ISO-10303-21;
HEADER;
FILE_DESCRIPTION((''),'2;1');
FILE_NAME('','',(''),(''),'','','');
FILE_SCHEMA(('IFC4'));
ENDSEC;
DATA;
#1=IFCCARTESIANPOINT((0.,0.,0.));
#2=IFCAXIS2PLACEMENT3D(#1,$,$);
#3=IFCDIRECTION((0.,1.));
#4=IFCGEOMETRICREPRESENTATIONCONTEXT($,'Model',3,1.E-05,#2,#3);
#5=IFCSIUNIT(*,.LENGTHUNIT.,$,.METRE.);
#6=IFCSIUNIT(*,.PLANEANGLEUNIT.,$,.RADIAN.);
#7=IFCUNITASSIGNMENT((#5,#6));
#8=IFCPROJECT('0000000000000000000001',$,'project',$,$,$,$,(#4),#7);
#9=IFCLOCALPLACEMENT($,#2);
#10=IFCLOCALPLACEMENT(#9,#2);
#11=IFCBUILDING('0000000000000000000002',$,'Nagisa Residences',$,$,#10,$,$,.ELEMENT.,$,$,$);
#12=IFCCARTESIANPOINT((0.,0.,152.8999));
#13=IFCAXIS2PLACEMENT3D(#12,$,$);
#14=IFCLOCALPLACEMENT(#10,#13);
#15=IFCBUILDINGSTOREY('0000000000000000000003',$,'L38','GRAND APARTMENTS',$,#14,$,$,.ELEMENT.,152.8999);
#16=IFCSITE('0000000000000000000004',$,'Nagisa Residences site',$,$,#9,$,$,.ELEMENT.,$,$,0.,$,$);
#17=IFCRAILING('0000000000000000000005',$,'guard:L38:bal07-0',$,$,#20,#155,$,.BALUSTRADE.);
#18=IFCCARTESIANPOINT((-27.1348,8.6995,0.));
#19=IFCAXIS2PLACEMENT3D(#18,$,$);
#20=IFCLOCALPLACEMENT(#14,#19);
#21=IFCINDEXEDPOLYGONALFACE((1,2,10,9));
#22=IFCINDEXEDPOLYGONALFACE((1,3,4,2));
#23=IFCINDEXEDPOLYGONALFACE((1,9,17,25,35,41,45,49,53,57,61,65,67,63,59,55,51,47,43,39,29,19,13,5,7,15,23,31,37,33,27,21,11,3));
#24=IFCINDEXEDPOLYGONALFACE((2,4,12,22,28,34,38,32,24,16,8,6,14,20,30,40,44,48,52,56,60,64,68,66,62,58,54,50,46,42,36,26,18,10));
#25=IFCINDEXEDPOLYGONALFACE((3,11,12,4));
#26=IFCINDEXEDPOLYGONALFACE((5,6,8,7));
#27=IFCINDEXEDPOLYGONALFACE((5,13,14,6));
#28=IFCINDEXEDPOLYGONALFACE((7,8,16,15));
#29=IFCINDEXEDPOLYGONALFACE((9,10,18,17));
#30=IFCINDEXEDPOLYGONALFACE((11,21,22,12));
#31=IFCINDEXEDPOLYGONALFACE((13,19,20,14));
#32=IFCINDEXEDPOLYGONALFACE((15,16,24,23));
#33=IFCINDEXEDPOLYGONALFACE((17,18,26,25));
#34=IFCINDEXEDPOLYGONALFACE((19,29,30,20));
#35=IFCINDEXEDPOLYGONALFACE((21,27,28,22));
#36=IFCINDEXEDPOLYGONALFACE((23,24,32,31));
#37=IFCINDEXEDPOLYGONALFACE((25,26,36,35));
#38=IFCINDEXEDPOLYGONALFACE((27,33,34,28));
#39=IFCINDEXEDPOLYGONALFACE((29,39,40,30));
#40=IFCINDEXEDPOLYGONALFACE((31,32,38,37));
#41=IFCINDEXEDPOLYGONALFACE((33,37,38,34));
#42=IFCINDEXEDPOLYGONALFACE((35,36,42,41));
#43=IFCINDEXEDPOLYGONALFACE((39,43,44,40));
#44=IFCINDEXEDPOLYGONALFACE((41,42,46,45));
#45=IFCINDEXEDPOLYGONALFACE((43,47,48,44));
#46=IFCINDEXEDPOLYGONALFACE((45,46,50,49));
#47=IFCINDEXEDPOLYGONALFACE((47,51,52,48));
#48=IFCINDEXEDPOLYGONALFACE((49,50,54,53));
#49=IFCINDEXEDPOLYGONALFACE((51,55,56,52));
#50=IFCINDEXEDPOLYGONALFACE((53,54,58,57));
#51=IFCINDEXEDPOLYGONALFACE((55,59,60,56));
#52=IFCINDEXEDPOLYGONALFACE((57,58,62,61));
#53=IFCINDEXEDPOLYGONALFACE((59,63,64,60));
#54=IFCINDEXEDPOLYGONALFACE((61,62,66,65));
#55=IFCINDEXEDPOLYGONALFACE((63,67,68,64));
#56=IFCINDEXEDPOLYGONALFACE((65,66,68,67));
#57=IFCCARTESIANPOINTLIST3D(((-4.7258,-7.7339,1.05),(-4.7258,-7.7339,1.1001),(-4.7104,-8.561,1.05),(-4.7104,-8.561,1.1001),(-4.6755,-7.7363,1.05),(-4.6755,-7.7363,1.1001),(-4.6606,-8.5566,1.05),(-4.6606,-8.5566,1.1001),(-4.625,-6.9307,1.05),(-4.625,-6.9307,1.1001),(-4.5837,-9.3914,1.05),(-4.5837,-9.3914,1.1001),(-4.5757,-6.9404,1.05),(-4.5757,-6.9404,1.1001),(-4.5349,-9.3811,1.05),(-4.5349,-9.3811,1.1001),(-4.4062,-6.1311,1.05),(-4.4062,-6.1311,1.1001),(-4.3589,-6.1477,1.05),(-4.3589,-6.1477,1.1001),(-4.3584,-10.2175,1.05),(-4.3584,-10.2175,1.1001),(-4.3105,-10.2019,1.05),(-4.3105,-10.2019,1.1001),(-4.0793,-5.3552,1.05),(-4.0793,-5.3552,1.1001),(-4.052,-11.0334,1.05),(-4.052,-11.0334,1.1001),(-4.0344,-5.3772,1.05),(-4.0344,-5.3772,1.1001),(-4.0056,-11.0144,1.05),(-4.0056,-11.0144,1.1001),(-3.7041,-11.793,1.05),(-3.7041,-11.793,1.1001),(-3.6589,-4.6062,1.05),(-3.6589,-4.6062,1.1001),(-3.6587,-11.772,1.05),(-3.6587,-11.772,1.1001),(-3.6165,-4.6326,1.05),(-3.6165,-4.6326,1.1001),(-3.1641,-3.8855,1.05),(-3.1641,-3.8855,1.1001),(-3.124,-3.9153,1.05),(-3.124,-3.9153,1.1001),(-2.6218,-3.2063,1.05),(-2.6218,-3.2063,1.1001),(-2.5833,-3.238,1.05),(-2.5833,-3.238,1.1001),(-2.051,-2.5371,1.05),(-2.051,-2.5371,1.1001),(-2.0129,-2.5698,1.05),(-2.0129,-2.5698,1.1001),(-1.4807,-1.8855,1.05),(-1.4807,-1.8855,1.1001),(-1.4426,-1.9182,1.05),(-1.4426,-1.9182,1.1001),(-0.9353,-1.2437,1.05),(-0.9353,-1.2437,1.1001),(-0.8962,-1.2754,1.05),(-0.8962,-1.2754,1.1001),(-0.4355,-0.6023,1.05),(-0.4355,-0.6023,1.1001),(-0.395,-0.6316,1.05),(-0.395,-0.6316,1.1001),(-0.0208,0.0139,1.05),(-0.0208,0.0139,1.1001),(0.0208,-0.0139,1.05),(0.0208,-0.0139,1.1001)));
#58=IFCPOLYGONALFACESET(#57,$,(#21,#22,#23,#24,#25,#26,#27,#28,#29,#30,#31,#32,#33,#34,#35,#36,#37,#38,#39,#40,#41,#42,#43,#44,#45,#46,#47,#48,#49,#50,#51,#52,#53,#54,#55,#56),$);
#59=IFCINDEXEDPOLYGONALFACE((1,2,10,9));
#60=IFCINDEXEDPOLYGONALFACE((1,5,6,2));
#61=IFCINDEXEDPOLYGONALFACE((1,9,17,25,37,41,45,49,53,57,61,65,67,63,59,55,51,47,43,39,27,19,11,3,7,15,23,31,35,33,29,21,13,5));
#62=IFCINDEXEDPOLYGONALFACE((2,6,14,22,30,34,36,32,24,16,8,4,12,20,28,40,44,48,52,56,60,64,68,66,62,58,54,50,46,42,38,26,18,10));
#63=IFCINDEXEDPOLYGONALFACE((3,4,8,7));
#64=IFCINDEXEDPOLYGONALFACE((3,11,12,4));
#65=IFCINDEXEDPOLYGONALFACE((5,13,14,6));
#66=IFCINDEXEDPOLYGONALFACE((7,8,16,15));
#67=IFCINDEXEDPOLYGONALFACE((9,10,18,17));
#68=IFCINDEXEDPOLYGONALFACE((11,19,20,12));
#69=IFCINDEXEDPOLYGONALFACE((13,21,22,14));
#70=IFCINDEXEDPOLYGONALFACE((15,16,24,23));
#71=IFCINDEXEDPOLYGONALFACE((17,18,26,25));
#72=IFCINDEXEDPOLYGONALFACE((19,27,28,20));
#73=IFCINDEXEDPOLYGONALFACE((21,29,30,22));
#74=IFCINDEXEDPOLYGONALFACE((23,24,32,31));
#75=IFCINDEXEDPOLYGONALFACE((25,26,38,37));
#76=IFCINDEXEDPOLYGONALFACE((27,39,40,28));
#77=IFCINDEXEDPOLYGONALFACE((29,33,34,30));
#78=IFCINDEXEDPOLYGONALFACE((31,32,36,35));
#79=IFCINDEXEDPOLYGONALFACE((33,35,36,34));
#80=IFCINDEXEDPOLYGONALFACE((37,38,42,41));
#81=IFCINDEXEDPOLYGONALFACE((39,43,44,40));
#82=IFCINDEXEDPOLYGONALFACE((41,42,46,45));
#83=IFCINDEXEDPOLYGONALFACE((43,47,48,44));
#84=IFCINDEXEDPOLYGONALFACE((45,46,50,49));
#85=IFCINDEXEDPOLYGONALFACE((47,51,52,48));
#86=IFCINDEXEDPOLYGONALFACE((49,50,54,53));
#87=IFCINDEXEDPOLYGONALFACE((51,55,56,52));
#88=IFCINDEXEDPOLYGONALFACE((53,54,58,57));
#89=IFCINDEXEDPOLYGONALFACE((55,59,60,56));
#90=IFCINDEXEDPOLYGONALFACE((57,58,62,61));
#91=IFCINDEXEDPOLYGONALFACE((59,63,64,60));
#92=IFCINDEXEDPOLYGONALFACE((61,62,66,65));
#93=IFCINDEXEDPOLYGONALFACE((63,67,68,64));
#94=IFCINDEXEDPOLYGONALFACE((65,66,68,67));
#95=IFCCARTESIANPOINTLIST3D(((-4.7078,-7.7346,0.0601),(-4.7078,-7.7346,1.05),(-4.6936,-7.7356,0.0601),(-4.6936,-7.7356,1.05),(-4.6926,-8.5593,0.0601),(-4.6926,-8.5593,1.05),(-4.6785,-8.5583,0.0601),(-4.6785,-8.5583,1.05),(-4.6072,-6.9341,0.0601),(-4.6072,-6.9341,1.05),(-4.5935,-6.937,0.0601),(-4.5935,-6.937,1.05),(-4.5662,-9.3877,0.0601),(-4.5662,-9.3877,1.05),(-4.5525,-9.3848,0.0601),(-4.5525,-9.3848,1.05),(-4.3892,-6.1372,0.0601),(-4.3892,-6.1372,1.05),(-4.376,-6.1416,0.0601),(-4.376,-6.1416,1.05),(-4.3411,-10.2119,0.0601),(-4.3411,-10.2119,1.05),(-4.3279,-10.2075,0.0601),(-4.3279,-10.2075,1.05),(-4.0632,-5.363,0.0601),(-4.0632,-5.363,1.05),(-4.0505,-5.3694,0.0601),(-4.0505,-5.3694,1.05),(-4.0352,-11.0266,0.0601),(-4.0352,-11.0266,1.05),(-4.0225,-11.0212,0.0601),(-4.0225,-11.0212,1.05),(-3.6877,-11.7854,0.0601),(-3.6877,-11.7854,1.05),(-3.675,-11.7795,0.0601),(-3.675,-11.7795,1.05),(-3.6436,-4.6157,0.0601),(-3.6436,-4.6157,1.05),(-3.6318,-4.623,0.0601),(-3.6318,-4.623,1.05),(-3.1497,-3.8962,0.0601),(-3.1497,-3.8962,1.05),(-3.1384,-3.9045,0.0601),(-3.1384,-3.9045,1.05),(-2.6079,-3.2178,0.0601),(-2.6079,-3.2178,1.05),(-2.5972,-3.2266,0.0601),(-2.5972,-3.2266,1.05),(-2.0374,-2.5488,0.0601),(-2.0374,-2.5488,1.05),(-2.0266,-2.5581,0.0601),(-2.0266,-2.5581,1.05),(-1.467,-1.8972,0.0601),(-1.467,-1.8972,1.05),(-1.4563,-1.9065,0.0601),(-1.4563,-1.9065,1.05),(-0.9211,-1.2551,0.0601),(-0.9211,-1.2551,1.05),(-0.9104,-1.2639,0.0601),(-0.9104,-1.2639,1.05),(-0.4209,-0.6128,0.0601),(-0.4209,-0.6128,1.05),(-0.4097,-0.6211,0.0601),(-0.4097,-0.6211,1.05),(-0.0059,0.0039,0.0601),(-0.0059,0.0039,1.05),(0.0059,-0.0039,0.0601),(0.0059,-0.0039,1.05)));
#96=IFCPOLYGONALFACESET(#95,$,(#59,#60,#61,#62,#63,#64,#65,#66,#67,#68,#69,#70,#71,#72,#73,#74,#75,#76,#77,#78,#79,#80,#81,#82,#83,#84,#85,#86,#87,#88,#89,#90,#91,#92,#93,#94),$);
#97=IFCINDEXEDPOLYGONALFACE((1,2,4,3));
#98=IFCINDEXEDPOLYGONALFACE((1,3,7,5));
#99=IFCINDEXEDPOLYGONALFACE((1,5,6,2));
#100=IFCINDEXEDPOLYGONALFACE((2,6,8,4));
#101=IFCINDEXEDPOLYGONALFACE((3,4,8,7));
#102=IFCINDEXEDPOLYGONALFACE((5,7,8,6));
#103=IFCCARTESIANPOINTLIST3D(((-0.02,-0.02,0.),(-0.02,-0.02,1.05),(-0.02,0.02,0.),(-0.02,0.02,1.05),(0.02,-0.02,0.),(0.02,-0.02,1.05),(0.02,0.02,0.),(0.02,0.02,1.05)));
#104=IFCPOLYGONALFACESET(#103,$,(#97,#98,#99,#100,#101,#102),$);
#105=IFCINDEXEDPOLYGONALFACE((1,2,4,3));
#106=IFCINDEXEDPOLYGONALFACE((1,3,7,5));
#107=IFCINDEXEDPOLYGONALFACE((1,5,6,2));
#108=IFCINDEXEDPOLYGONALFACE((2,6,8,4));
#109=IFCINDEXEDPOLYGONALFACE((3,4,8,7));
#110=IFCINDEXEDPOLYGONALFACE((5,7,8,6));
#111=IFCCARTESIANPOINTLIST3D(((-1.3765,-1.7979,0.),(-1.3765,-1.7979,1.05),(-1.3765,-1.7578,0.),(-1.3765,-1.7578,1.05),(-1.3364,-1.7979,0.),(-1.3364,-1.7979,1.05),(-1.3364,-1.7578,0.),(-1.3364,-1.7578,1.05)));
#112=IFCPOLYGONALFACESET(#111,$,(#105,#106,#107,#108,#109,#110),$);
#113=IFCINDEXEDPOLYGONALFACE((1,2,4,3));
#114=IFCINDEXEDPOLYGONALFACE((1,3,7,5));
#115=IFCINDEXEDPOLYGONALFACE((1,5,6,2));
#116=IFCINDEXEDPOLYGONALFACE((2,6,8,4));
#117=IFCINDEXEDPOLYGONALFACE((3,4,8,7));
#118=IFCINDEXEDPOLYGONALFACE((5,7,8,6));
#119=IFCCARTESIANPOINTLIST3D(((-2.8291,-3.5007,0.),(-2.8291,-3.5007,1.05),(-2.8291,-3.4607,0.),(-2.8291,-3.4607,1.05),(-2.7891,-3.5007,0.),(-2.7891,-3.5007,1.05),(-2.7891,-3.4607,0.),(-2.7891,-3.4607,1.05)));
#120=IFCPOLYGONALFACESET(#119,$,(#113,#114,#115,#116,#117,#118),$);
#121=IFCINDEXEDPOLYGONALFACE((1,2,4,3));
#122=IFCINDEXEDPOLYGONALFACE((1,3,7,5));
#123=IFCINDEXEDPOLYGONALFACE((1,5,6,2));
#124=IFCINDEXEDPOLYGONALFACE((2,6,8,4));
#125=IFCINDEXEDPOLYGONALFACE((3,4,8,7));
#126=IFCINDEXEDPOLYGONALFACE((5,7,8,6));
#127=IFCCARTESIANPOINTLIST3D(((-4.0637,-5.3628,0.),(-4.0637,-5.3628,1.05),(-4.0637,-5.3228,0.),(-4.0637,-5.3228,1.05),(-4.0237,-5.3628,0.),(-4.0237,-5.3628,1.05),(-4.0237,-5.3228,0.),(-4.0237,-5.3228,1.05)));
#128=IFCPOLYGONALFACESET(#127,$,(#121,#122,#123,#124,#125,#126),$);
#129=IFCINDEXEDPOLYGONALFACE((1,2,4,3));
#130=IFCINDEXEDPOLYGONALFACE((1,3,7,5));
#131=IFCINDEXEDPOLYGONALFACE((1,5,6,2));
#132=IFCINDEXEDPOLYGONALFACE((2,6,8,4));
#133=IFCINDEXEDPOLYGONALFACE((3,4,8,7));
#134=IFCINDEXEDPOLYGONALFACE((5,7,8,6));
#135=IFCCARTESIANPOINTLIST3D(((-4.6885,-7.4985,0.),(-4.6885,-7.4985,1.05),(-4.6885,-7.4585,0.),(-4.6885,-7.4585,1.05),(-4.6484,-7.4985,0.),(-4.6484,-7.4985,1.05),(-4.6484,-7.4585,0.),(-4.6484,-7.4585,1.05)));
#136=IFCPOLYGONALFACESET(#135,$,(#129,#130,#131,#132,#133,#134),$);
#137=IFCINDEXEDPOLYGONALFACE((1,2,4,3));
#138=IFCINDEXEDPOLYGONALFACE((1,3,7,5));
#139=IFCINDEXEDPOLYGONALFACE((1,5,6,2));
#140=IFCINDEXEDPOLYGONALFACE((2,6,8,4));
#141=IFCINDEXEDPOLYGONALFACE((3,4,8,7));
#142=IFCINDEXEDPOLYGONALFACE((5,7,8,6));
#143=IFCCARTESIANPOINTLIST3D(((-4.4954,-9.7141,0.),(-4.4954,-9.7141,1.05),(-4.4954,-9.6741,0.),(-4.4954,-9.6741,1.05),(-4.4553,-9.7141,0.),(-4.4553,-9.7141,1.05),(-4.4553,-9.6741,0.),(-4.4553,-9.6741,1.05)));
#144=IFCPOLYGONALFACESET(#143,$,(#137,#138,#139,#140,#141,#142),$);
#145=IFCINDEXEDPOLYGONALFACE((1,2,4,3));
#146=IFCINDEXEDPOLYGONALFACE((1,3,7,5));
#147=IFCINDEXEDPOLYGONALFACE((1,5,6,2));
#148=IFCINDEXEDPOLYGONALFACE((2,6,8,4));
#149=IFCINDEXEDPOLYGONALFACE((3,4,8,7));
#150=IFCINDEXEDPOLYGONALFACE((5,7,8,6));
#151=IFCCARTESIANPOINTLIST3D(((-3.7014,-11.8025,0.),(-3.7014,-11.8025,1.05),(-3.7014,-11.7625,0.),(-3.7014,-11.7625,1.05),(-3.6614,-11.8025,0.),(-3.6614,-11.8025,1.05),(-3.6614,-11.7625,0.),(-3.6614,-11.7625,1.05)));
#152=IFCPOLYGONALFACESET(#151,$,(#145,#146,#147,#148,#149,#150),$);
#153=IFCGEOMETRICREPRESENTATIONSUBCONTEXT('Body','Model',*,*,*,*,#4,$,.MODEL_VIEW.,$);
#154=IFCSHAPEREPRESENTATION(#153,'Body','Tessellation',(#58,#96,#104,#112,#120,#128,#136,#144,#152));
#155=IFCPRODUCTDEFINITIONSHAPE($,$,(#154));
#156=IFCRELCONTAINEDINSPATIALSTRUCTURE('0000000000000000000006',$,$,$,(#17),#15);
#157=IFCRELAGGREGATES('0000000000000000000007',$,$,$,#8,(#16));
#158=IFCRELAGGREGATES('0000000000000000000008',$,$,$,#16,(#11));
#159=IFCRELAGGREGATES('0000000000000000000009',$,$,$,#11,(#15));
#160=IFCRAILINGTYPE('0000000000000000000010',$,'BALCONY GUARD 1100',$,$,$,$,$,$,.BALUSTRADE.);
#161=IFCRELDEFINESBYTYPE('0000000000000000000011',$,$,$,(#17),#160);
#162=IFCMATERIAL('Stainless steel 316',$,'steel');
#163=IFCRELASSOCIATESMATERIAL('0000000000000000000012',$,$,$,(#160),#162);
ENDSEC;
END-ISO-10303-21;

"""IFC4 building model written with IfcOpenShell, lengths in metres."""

from ifc_helpers import new_model, si_unit, direction, frame, origin, origin_2d, place, context, subcontext, project, spatial, polyline, rectangle, outline, extrude, material, type_object, element, save


model = new_model("IFC4")

# Units and contexts
model_context = context("Model", 3, precision=1e-05, world=origin(), true_north=direction((0.0, 1.0)))
body_context = subcontext(model_context, "Body", "Model", "MODEL_VIEW")
ifc_project = project(units=[si_unit("LENGTHUNIT", "METRE"), si_unit("PLANEANGLEUNIT", "RADIAN")], contexts=[model_context])

# Site, building, storey
site_placement = place(None, origin())
site = spatial("IfcSite", under=ifc_project, at=site_placement, Name="Nagisa Residences site", CompositionType="ELEMENT", RefElevation=0.0)
building_placement = place(site_placement, origin())
building = spatial("IfcBuilding", under=site, at=building_placement, Name="Nagisa Residences", CompositionType="ELEMENT")
storey_placement = place(building_placement, frame((0.0, 0.0, 152.8999)))
storey = spatial("IfcBuildingStorey", under=building, at=storey_placement, Name="L38", Description="GRAND APARTMENTS", CompositionType="ELEMENT", Elevation=152.8999)

# Railing
ifc_material_1 = material(Name="Stainless steel 316", Category="steel")
railing_type = type_object("IfcRailingType", Name="BALCONY GUARD 1100", PredefinedType="BALUSTRADE", material=ifc_material_1)
railing_placement = place(storey_placement, frame((-27.1348, 8.6995, 0.0)))
element("IfcRailing", 1, at=railing_placement, inside=storey, type_object=railing_type, Name="guard:L38:bal07-0", PredefinedType="BALUSTRADE", context=body_context, shape_type="SweptSolid", body=[
    extrude(outline(polyline([(-0.395, -0.6316), (0.0208, -0.0139), (-0.0208, 0.0139), (-0.4355, -0.6023), (-0.9353, -1.2437), (-1.4807, -1.8855), (-2.051, -2.5371), (-2.6218, -3.2063), (-3.1641, -3.8855), (-3.6589, -4.6062), (-4.0793, -5.3552), (-4.4062, -6.1311), (-4.625, -6.9307), (-4.7258, -7.7339), (-4.7104, -8.561), (-4.5837, -9.3914), (-4.3584, -10.2175), (-4.052, -11.0334), (-3.7041, -11.793), (-3.6587, -11.772), (-4.0056, -11.0144), (-4.3105, -10.2019), (-4.5349, -9.3811), (-4.6606, -8.5566), (-4.6755, -7.7363), (-4.5757, -6.9404), (-4.3589, -6.1477), (-4.0344, -5.3772), (-3.6165, -4.6326), (-3.124, -3.9153), (-2.5833, -3.238), (-2.0129, -2.5698), (-1.4426, -1.9182), (-0.8962, -1.2754), (-0.395, -0.6316)])), frame((0.0, 0.0, 1.05)), (0.0, 0.0, 1.0), 0.05),
    extrude(outline(polyline([(-0.4097, -0.6211), (0.0059, -0.0039), (-0.0059, 0.0039), (-0.4209, -0.6128), (-0.9211, -1.2551), (-1.467, -1.8972), (-2.0374, -2.5488), (-2.6079, -3.2178), (-3.1497, -3.8962), (-3.6436, -4.6157), (-4.0632, -5.363), (-4.3892, -6.1372), (-4.6072, -6.9341), (-4.7078, -7.7346), (-4.6926, -8.5593), (-4.5662, -9.3877), (-4.3411, -10.2119), (-4.0352, -11.0266), (-3.6877, -11.7854), (-3.675, -11.7795), (-4.0225, -11.0212), (-4.3279, -10.2075), (-4.5525, -9.3848), (-4.6785, -8.5583), (-4.6936, -7.7356), (-4.5935, -6.937), (-4.376, -6.1416), (-4.0505, -5.3694), (-3.6318, -4.623), (-3.1384, -3.9045), (-2.5972, -3.2266), (-2.0266, -2.5581), (-1.4563, -1.9065), (-0.9104, -1.2639), (-0.4097, -0.6211)])), frame((0.0, 0.0, 0.0601)), (0.0, 0.0, 1.0), 0.99),
    extrude(rectangle(XDim=0.04, YDim=0.04, at=origin_2d()), origin(), (0.0, 0.0, 1.0), 1.05),
    extrude(rectangle(XDim=0.04, YDim=0.04, at=origin_2d()), frame((-1.3564, -1.7778, 0.0)), (0.0, 0.0, 1.0), 1.05),
    extrude(rectangle(XDim=0.04, YDim=0.04, at=origin_2d()), frame((-2.8091, -3.4807, 0.0)), (0.0, 0.0, 1.0), 1.05),
    extrude(rectangle(XDim=0.04, YDim=0.04, at=origin_2d()), frame((-4.0437, -5.3428, 0.0)), (0.0, 0.0, 1.0), 1.05),
    extrude(rectangle(XDim=0.04, YDim=0.04, at=origin_2d()), frame((-4.6685, -7.4785, 0.0)), (0.0, 0.0, 1.0), 1.05),
    extrude(rectangle(XDim=0.04, YDim=0.04, at=origin_2d()), frame((-4.4753, -9.6941, 0.0)), (0.0, 0.0, 1.0), 1.05),
    extrude(rectangle(XDim=0.04, YDim=0.04, at=origin_2d()), frame((-3.6814, -11.7825, 0.0)), (0.0, 0.0, 1.0), 1.05),
])

save(model, "model.ifc")
